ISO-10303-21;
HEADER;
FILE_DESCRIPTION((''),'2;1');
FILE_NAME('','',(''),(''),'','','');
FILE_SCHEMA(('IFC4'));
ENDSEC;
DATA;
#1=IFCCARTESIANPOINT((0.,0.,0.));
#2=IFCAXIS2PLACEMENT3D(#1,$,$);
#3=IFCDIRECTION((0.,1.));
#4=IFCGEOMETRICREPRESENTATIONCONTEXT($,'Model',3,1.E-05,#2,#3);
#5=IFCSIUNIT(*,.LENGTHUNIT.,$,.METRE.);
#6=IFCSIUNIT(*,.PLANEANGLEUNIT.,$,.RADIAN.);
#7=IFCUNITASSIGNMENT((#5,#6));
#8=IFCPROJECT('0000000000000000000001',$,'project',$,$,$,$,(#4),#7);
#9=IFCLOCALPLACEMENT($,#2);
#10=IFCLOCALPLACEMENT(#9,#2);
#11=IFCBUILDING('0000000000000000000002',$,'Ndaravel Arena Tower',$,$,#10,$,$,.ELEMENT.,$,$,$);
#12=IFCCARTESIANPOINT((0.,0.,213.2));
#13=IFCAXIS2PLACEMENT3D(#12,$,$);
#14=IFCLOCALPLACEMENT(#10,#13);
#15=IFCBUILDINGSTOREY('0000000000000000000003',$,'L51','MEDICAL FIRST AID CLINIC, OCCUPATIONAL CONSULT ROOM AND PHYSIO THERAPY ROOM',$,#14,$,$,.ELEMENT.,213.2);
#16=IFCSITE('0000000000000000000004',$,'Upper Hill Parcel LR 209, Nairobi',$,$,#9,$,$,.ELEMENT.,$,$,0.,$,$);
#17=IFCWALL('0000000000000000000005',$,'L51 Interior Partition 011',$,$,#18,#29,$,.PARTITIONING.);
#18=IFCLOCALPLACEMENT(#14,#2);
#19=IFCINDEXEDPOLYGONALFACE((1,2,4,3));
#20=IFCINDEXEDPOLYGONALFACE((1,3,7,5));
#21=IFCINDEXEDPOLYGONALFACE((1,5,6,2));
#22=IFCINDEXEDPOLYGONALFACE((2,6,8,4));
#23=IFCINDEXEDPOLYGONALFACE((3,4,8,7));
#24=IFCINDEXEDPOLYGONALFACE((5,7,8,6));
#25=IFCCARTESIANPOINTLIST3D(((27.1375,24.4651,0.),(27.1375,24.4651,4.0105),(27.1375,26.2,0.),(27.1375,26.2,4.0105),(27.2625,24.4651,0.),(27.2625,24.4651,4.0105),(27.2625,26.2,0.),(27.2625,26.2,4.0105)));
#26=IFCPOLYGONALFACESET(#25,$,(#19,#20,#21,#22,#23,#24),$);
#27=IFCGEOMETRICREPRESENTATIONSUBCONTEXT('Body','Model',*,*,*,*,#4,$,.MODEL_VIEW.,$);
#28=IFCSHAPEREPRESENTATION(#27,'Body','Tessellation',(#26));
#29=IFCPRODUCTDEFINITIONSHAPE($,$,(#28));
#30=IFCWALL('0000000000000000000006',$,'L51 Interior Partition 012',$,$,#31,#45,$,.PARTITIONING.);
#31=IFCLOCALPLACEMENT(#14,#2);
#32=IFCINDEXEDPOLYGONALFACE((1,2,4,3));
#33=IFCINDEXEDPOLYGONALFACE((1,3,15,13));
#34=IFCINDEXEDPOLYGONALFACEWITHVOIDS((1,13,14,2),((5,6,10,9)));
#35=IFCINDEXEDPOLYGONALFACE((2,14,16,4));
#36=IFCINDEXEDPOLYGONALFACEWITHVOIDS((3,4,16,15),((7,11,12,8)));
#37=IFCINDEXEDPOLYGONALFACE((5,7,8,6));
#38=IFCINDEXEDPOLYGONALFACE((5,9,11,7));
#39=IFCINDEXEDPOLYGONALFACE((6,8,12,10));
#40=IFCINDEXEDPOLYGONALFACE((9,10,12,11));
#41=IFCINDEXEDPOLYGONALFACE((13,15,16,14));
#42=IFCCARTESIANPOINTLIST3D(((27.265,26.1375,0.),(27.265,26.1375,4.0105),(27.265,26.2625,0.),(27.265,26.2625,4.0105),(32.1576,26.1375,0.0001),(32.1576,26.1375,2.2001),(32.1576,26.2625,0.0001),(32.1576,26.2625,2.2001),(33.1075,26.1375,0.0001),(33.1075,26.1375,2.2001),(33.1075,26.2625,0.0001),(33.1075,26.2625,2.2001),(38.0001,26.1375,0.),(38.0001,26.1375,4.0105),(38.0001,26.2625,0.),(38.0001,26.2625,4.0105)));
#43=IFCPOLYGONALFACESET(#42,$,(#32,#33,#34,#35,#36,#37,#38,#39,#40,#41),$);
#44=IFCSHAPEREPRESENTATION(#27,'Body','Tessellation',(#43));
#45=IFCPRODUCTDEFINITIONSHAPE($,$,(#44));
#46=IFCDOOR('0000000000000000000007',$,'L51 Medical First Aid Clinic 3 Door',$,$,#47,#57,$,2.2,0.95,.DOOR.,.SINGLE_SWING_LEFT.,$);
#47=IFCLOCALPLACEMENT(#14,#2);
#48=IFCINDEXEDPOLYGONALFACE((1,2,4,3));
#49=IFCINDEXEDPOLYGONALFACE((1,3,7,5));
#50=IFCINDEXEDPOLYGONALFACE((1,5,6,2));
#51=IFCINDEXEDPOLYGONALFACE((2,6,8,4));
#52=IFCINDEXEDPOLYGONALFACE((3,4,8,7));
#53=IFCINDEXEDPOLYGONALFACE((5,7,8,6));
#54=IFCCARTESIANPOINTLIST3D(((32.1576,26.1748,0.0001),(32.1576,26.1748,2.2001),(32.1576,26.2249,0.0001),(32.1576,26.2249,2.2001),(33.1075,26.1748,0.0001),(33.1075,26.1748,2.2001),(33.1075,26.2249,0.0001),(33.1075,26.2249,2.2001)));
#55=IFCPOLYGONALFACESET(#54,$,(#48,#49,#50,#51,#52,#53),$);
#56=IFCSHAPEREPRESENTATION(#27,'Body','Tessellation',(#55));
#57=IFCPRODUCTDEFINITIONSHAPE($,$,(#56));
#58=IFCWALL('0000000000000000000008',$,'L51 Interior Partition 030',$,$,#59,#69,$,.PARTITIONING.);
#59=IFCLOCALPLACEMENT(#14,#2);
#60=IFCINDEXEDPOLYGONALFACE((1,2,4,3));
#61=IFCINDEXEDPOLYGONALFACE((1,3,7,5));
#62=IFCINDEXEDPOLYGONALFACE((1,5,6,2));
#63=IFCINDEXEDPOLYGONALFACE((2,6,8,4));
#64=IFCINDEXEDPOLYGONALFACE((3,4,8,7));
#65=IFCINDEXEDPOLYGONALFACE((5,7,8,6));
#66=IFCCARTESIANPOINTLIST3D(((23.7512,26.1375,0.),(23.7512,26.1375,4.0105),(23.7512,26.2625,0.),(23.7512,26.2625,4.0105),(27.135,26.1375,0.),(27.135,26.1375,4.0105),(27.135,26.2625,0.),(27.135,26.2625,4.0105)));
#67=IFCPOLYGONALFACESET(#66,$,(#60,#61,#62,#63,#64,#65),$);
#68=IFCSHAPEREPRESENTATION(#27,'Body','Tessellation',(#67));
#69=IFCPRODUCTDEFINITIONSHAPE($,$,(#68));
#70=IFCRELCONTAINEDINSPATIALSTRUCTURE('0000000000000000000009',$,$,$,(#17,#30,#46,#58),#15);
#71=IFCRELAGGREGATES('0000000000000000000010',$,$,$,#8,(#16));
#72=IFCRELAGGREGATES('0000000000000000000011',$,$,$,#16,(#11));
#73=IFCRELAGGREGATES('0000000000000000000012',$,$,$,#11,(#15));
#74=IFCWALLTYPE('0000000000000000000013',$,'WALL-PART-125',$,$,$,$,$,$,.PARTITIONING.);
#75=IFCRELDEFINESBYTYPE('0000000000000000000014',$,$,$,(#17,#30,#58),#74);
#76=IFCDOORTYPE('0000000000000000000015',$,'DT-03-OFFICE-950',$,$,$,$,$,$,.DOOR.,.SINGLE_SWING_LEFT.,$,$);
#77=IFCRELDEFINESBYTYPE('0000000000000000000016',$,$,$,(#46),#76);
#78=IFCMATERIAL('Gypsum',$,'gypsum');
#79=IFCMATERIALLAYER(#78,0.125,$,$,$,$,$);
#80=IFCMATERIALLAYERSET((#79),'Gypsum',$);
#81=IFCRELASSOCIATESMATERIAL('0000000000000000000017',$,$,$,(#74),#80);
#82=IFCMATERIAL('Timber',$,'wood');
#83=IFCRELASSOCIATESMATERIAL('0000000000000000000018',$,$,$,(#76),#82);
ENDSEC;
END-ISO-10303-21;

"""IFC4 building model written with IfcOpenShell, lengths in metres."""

from ifc_helpers import new_model, si_unit, direction, frame, frame_2d, origin, place, context, subcontext, project, spatial, rectangle, extrude, material, layer, layer_set, type_object, element, fill, save


model = new_model("IFC4")

# Units and contexts
model_context = context("Model", 3, precision=1e-05, world=origin(), true_north=direction((0.0, 1.0)))
body_context = subcontext(model_context, "Body", "Model", "MODEL_VIEW")
ifc_project = project(units=[si_unit("LENGTHUNIT", "METRE"), si_unit("PLANEANGLEUNIT", "RADIAN")], contexts=[model_context])

# Site, building, storey
site_placement = place(None, origin())
site = spatial("IfcSite", under=ifc_project, at=site_placement, Name="Upper Hill Parcel LR 209, Nairobi", CompositionType="ELEMENT", RefElevation=0.0)
building_placement = place(site_placement, origin())
building = spatial("IfcBuilding", under=site, at=building_placement, Name="Ndaravel Arena Tower", CompositionType="ELEMENT")
storey_placement = place(building_placement, frame((0.0, 0.0, 213.2)))
storey = spatial("IfcBuildingStorey", under=building, at=storey_placement, Name="L51", Description="MEDICAL FIRST AID CLINIC, OCCUPATIONAL CONSULT ROOM AND PHYSIO THERAPY ROOM", CompositionType="ELEMENT", Elevation=213.2)

# Wall
ifc_material_1 = material(Name="Gypsum", Category="gypsum")
ifc_layer_1 = layer(ifc_material_1, 0.125)
ifc_layer_set_1 = layer_set([ifc_layer_1], Name="Gypsum")
wall_type = type_object("IfcWallType", Name="WALL-PART-125", PredefinedType="PARTITIONING", material=ifc_layer_set_1)
wall_1_placement = place(storey_placement, frame((27.2, 24.4651, 0.0), z_axis=(0.0, 0.0, 1.0), x_axis=(0.0, 1.0, 0.0)))
element("IfcWall", 1, at=wall_1_placement, inside=storey, type_object=wall_type, Name="L51 Interior Partition 011", PredefinedType="PARTITIONING", context=body_context, shape_type="SweptSolid", body=[
    extrude(rectangle(XDim=1.7349, YDim=0.125, at=frame_2d((0.8674, 0.0))), origin(), (0.0, 0.0, 1.0), 4.0105),
])

# Wall, opening, door
wall_2_placement = place(storey_placement, frame((27.2649, 26.2, 0.0), z_axis=(0.0, 0.0, 1.0), x_axis=(1.0, 0.0, 0.0)))
wall_2 = element("IfcWall", 2, at=wall_2_placement, inside=storey, type_object=wall_type, Name="L51 Interior Partition 012", PredefinedType="PARTITIONING", context=body_context, shape_type="SweptSolid", body=[
    extrude(rectangle(XDim=10.7351, YDim=0.125, at=frame_2d((5.3677, 0.0))), origin(), (0.0, 0.0, 1.0), 4.0105),
])
opening_placement = place(wall_2_placement, frame((4.8926, 0.0, 0.0)))
opening = element("IfcOpeningElement", 3, at=opening_placement, cuts=wall_2, PredefinedType="OPENING", context=body_context, shape_type="SweptSolid", body=[
    extrude(rectangle(XDim=0.95, YDim=2.2, at=frame_2d((0.4751, 1.1001))), frame((0.0, 0.0625, 0.0), z_axis=(0.0, -1.0, 0.0), x_axis=(1.0, 0.0, 0.0)), (0.0, 0.0, 1.0), 0.125),
])
ifc_material_2 = material(Name="Timber", Category="wood")
door_type = type_object("IfcDoorType", Name="DT-03-OFFICE-950", OperationType="SINGLE_SWING_LEFT", PredefinedType="DOOR", material=ifc_material_2)
door_placement = place(opening_placement, origin())
door = element("IfcDoor", 4, at=door_placement, inside=storey, type_object=door_type, Name="L51 Medical First Aid Clinic 3 Door", OperationType="SINGLE_SWING_LEFT", OverallHeight=2.2, OverallWidth=0.95, PredefinedType="DOOR", context=body_context, shape_type="SweptSolid", body=[
    extrude(rectangle(XDim=0.95, YDim=2.2, at=frame_2d((0.4751, 1.1001))), frame((0.0, 0.0249, 0.0), z_axis=(0.0, -1.0, 0.0), x_axis=(1.0, 0.0, 0.0)), (0.0, 0.0, 1.0), 0.05),
])
fill(opening, door)

# Wall
wall_3_placement = place(storey_placement, frame((23.7512, 26.2, 0.0), z_axis=(0.0, 0.0, 1.0), x_axis=(1.0, 0.0, 0.0)))
element("IfcWall", 5, at=wall_3_placement, inside=storey, type_object=wall_type, Name="L51 Interior Partition 030", PredefinedType="PARTITIONING", context=body_context, shape_type="SweptSolid", body=[
    extrude(rectangle(XDim=3.3838, YDim=0.125, at=frame_2d((1.6919, 0.0))), origin(), (0.0, 0.0, 1.0), 4.0105),
])

save(model, "model.ifc")
